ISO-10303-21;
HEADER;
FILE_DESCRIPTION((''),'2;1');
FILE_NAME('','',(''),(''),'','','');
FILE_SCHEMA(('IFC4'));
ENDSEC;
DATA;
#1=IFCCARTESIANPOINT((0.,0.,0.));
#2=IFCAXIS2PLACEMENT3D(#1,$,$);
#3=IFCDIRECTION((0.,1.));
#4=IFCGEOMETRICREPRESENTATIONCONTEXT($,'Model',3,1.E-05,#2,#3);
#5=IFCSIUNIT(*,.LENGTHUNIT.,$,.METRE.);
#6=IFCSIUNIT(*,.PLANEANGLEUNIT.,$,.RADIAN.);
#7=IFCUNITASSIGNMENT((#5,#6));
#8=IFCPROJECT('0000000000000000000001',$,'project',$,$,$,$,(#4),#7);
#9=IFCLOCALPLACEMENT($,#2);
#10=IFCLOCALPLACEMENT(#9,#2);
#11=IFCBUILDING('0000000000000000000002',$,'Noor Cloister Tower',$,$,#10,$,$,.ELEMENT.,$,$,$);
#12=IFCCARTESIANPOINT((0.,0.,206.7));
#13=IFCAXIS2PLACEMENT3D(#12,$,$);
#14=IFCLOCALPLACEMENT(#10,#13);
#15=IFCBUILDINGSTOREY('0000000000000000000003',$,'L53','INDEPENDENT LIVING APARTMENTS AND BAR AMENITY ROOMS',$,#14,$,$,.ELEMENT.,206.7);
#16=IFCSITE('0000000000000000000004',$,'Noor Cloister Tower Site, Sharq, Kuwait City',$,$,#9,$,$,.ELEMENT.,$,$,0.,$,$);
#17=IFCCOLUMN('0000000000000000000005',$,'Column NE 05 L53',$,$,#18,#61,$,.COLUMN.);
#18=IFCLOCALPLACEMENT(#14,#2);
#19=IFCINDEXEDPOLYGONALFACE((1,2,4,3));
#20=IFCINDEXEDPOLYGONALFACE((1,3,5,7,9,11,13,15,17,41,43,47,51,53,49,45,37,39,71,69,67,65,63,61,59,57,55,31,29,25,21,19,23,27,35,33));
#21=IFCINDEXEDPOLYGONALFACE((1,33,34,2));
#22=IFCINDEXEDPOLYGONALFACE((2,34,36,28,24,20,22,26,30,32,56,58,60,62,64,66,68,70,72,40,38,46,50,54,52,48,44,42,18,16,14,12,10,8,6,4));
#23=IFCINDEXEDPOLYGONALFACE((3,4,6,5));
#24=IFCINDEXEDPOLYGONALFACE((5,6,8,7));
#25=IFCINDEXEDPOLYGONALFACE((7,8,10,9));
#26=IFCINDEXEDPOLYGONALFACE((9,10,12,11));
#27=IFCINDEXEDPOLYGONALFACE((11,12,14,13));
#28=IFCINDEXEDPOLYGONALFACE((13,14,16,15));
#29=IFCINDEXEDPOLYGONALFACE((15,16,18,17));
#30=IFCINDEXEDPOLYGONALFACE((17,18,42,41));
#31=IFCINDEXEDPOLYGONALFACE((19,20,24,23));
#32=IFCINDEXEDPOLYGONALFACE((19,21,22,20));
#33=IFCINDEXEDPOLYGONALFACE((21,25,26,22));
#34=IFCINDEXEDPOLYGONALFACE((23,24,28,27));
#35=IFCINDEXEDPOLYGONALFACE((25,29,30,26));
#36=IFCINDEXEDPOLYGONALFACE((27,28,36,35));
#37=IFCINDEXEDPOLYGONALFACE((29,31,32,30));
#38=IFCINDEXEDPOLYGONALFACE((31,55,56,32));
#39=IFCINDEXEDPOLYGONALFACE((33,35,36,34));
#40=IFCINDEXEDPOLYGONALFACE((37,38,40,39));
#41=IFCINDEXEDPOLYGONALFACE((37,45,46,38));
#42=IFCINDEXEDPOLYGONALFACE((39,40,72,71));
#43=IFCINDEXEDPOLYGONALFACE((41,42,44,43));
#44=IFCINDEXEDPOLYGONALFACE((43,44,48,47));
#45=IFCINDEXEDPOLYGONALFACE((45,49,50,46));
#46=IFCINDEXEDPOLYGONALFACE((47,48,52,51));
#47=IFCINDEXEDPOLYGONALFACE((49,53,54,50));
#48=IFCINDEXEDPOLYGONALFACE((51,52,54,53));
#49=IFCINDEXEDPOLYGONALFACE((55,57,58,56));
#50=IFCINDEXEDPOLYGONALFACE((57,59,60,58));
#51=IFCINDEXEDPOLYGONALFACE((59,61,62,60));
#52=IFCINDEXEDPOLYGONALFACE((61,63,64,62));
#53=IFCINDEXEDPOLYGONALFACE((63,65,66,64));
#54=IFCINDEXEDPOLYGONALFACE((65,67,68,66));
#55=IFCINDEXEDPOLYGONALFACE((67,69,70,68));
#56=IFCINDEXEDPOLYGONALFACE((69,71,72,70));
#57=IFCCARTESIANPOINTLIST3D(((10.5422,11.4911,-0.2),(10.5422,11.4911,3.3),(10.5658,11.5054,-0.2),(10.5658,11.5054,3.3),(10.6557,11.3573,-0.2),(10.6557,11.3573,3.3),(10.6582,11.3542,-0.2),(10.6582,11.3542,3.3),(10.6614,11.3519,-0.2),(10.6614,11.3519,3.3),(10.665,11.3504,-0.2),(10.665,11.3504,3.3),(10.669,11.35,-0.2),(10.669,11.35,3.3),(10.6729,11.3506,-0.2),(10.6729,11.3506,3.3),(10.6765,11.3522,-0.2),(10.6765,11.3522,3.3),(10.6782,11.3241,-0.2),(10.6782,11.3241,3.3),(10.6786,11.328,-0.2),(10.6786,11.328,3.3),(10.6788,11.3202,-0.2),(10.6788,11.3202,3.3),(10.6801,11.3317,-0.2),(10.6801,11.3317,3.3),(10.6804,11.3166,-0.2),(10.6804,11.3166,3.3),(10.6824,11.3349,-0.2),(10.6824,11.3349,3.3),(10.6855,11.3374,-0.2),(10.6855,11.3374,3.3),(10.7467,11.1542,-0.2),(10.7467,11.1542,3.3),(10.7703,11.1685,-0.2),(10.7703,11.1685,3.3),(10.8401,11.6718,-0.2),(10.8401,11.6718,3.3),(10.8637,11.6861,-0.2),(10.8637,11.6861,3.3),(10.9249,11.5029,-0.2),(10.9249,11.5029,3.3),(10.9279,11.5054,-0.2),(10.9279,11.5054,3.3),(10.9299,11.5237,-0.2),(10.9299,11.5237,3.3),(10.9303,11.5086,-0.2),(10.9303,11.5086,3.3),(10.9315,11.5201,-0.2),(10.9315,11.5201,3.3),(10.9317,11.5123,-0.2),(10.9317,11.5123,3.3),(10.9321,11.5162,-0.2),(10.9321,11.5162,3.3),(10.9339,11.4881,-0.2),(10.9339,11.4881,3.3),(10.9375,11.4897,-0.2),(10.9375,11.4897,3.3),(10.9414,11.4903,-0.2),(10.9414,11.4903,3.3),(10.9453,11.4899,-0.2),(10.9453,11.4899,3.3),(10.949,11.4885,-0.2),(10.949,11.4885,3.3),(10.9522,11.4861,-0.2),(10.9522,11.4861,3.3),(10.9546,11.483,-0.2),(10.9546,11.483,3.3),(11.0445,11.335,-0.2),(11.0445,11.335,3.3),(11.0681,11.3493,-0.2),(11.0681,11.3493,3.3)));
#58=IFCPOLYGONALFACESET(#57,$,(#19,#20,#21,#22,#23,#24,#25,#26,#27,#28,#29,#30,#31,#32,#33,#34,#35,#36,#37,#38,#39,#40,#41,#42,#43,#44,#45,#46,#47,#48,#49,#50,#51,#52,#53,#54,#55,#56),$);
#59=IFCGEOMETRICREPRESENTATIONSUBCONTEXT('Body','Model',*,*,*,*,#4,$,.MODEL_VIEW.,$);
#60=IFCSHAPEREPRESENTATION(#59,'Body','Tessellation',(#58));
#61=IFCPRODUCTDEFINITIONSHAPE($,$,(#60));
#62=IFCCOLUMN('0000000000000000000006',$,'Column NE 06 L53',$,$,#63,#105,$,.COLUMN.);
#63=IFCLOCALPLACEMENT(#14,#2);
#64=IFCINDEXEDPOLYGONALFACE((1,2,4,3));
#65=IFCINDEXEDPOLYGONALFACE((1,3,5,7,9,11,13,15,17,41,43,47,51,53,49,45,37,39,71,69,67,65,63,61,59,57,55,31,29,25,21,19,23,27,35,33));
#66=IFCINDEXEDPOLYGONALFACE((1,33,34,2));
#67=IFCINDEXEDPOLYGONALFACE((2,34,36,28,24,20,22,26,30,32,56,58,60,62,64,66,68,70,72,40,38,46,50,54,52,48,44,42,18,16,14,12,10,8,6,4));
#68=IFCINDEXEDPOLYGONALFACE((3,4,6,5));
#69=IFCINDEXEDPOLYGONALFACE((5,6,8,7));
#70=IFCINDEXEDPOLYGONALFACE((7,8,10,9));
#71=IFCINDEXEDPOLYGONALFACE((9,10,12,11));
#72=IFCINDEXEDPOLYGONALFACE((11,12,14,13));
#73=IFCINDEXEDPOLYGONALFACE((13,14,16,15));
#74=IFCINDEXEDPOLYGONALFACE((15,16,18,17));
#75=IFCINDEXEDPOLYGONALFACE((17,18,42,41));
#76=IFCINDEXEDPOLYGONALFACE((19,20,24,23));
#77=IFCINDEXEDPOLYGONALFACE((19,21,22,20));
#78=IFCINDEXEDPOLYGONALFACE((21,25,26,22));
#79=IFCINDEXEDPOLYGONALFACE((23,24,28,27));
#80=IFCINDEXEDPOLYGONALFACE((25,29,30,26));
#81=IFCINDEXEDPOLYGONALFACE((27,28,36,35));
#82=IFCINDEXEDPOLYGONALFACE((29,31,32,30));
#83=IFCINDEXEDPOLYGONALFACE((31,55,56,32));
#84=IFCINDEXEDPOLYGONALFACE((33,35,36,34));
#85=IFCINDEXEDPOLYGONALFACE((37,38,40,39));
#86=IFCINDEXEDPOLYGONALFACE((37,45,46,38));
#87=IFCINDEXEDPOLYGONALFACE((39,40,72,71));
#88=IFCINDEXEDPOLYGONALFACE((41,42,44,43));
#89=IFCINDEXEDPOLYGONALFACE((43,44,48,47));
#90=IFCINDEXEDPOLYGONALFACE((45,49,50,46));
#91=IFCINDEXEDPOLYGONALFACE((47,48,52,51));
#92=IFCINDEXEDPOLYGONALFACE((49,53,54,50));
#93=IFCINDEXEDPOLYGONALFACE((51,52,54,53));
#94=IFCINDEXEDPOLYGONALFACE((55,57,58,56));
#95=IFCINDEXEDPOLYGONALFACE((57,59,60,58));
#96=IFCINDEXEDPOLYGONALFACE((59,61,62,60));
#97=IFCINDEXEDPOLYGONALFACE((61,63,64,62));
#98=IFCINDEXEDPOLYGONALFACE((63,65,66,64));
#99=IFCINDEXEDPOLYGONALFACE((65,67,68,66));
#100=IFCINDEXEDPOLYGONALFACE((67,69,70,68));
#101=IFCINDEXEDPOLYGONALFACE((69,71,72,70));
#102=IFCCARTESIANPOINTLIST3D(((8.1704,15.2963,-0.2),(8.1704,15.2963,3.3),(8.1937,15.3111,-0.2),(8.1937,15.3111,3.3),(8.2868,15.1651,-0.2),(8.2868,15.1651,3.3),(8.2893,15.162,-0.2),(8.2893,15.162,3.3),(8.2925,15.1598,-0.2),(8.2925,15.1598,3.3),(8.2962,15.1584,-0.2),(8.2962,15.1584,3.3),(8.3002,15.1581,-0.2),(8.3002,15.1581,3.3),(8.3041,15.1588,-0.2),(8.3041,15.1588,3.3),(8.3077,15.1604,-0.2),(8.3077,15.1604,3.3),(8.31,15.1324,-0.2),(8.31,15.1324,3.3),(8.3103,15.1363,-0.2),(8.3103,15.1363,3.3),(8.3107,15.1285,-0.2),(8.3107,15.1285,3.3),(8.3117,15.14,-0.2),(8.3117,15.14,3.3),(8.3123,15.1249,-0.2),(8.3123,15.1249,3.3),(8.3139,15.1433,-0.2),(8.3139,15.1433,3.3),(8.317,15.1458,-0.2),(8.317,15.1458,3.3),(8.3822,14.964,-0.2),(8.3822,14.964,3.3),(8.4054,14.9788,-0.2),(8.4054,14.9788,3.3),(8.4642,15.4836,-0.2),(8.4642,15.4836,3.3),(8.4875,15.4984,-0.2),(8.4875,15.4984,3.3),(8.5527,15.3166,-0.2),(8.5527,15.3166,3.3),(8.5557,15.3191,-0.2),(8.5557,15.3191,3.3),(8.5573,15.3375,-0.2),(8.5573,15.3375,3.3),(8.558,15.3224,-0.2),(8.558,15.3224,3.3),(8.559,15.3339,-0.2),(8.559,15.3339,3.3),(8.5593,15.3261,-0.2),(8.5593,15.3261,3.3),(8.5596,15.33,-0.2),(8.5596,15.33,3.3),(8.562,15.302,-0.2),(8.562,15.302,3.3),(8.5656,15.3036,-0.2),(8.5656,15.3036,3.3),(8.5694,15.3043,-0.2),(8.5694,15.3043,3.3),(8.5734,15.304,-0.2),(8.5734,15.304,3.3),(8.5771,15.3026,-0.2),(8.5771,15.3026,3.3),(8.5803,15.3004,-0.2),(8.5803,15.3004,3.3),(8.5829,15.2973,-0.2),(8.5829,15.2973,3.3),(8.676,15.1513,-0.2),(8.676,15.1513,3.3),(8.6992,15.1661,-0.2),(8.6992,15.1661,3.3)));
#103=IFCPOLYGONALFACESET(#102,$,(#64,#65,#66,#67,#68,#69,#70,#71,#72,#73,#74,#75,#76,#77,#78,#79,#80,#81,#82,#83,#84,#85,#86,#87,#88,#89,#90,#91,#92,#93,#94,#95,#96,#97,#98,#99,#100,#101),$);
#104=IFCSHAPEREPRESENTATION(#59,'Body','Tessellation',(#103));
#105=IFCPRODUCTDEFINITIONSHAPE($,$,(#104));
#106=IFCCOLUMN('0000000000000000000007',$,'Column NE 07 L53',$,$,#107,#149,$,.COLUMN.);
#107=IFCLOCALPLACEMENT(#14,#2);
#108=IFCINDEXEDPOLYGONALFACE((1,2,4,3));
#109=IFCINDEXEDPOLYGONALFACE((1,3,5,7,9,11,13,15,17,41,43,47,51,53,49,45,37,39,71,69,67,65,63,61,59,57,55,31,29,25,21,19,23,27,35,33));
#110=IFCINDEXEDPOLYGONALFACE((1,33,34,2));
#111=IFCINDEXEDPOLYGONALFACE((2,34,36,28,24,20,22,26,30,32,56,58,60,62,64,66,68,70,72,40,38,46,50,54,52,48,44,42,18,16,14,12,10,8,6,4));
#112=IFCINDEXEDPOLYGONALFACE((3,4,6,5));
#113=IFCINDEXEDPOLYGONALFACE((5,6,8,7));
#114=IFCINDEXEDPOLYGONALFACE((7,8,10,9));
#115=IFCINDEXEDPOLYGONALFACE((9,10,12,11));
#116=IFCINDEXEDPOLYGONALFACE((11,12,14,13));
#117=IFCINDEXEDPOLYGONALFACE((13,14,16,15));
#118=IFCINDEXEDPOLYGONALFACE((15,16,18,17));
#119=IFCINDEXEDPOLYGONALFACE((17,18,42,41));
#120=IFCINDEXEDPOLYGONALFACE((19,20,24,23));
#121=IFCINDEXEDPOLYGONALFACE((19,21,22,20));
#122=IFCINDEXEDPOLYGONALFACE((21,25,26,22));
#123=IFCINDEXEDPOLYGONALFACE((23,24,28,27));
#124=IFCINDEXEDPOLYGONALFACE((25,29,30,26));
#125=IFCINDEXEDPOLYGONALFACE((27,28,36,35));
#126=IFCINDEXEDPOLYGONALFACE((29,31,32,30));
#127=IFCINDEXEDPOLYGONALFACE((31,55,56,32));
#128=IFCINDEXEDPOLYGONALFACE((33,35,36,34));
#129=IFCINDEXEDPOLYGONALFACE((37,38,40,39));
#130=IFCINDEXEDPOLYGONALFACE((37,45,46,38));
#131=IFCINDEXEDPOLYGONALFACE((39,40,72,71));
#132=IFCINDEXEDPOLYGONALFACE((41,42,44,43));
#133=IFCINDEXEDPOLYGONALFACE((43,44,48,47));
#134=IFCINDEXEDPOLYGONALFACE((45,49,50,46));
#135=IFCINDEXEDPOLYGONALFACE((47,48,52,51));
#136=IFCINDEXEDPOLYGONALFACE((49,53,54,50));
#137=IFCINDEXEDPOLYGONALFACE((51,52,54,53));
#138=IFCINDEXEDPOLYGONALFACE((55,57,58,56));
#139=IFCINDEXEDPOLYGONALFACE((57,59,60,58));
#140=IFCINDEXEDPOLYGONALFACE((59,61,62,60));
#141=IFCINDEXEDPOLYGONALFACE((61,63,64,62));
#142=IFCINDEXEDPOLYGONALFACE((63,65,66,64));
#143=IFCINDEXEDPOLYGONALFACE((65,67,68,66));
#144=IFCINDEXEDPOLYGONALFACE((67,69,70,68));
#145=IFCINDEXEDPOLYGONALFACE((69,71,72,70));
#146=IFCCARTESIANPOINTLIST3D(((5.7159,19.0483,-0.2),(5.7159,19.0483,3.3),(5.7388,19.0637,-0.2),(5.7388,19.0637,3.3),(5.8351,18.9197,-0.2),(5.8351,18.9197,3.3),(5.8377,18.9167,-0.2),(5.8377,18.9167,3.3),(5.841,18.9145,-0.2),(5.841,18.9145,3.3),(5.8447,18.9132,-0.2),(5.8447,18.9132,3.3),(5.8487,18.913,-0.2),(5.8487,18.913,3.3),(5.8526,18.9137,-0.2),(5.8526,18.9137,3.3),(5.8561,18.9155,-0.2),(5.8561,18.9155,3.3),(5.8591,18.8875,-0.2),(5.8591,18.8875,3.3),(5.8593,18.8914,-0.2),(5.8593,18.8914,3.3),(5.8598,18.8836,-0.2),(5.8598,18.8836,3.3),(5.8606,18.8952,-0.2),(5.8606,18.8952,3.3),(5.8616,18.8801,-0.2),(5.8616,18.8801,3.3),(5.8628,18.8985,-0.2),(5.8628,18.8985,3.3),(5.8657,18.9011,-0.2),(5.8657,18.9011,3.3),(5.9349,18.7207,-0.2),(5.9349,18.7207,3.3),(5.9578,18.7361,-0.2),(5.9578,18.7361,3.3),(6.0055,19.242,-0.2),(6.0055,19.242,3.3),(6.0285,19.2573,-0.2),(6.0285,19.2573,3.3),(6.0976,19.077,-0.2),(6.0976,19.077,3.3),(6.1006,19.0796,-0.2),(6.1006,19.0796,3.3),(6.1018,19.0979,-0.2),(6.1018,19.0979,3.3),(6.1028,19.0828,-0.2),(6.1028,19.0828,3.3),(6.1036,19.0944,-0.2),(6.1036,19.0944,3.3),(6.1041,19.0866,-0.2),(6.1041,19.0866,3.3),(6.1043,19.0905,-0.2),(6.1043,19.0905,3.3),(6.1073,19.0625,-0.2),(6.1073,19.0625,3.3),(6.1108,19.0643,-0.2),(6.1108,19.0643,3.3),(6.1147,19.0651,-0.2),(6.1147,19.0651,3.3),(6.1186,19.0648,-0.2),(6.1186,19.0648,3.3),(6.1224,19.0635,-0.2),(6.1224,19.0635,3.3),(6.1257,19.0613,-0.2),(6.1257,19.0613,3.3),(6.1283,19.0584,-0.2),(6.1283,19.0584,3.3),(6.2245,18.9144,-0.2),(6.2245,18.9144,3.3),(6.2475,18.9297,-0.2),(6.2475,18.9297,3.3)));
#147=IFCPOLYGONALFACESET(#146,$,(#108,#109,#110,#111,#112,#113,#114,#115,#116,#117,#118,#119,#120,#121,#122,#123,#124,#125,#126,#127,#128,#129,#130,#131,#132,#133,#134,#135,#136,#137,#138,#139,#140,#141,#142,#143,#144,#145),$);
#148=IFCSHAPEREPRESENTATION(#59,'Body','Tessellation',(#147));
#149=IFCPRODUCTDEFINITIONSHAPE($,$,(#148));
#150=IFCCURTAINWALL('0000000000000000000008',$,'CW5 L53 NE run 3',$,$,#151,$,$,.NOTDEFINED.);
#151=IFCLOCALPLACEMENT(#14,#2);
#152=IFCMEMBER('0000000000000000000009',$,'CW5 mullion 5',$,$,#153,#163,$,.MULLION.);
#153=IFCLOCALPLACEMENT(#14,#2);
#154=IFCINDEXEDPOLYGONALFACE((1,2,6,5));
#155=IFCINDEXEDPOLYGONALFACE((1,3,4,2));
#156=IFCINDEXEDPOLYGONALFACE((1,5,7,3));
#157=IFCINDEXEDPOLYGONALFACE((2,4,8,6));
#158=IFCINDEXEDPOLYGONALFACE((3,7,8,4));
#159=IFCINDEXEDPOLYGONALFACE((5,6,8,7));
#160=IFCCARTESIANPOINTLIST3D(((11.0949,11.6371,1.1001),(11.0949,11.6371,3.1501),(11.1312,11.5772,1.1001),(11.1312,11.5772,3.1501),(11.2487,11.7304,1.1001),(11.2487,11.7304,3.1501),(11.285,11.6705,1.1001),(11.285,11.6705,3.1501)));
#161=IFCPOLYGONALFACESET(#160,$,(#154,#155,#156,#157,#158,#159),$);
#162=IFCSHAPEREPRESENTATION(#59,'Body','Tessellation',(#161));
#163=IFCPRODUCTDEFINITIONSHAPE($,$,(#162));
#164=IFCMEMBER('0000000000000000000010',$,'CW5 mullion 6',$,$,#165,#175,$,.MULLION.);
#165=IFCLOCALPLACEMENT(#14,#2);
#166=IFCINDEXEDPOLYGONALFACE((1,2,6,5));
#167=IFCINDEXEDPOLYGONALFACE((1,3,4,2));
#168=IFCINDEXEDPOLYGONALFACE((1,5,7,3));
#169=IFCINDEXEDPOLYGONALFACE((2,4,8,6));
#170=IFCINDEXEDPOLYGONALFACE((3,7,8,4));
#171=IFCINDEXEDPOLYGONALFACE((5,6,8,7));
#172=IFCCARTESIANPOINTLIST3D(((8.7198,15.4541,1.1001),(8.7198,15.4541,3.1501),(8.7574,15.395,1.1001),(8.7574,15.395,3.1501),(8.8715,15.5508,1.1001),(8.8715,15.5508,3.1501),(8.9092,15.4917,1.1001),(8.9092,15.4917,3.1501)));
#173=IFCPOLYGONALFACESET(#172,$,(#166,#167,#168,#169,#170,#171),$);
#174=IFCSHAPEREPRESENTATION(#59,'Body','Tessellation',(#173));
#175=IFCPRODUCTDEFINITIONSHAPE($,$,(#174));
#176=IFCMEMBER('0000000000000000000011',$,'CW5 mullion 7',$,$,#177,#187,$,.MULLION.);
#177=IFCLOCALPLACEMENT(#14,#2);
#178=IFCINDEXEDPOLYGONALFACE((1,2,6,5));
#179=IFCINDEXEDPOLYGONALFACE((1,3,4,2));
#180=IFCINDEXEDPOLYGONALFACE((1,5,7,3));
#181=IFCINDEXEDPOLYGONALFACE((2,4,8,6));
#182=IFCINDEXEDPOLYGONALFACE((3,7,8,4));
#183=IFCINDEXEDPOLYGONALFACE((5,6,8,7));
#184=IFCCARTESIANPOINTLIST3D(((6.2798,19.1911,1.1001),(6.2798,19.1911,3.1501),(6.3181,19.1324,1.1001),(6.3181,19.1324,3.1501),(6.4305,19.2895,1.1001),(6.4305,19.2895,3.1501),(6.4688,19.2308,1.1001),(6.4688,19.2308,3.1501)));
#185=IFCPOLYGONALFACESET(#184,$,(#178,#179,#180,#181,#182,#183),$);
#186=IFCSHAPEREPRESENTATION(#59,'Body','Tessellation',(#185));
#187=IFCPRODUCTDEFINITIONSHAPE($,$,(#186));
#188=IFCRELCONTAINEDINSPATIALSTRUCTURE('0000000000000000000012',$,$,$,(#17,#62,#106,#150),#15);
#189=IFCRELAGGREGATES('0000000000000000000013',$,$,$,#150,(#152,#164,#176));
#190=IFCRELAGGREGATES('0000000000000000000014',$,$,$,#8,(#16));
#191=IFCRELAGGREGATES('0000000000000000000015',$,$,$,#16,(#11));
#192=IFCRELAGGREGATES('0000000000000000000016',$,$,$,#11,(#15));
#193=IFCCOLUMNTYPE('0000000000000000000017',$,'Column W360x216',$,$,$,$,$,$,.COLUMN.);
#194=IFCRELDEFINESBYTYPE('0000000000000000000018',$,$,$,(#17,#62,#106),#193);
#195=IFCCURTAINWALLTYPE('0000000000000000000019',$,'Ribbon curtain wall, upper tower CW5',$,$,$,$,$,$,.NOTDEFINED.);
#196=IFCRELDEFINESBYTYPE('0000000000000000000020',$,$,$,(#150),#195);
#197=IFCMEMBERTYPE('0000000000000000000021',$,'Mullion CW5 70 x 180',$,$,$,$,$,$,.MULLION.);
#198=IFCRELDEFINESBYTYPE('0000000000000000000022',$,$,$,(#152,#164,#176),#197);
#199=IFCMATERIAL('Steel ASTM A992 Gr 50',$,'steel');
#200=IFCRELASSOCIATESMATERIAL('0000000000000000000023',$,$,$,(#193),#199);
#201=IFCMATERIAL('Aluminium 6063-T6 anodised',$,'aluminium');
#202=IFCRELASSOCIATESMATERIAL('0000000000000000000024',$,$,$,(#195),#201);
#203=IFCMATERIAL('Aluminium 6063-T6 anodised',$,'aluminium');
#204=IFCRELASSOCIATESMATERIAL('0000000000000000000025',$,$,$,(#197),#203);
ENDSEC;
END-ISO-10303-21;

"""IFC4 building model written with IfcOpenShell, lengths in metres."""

from ifc_helpers import new_model, si_unit, direction, frame, origin, origin_2d, place, context, subcontext, project, spatial, rectangle, i_section, extrude, material, material_profile, profile_set, type_object, element, aggregate, save


model = new_model("IFC4")

# Units and contexts
model_context = context("Model", 3, precision=1e-05, world=origin(), true_north=direction((0.0, 1.0)))
body_context = subcontext(model_context, "Body", "Model", "MODEL_VIEW")
ifc_project = project(units=[si_unit("LENGTHUNIT", "METRE"), si_unit("PLANEANGLEUNIT", "RADIAN")], contexts=[model_context])

# Site, building, storey
site_placement = place(None, origin())
site = spatial("IfcSite", under=ifc_project, at=site_placement, Name="Noor Cloister Tower Site, Sharq, Kuwait City", CompositionType="ELEMENT", RefElevation=0.0)
building_placement = place(site_placement, origin())
building = spatial("IfcBuilding", under=site, at=building_placement, Name="Noor Cloister Tower", CompositionType="ELEMENT")
storey_placement = place(building_placement, frame((0.0, 0.0, 206.7)))
storey = spatial("IfcBuildingStorey", under=building, at=storey_placement, Name="L53", Description="INDEPENDENT LIVING APARTMENTS AND BAR AMENITY ROOMS", CompositionType="ELEMENT", Elevation=206.7)

# Columns
ifc_material_1 = material(Name="Steel ASTM A992 Gr 50", Category="steel")
ifc_material_profile_1 = material_profile(ifc_material_1, i_section(OverallWidth=0.394, OverallDepth=0.376, WebThickness=0.0173, FlangeThickness=0.0276, FilletRadius=0.0151, at=origin_2d()), Name="W360x216")
ifc_profile_set_1 = profile_set([ifc_material_profile_1], Name="Steel ASTM A992 Gr 50")
column_type = type_object("IfcColumnType", Name="Column W360x216", PredefinedType="COLUMN", material=ifc_profile_set_1)
for number, where, z_axis, x_axis, name in (
    (1, (10.8052, 11.4202, -0.2), (0.0, 0.0, 1.0), (-0.518837, 0.854873, 0.0), "Column NE 05 L53"),
    (2, (8.4348, 15.2312, -0.2), (0.0, 0.0, 1.0), (-0.537426, 0.843311, 0.0), "Column NE 06 L53"),
    (3, (5.9817, 18.989, -0.2), (0.0, 0.0, 1.0), (-0.555757, 0.831345, 0.0), "Column NE 07 L53"),
):
    element("IfcColumn", number, at=place(storey_placement, frame(where, z_axis=z_axis, x_axis=x_axis)), inside=storey, type_object=column_type, Name=name, PredefinedType="COLUMN", context=body_context, shape_type="SweptSolid", body=[
        extrude(i_section(OverallWidth=0.394, OverallDepth=0.376, WebThickness=0.0173, FlangeThickness=0.0276, FilletRadius=0.0151, at=origin_2d()), origin(), (0.0, 0.0, 1.0), 3.5),
    ])

# Curtain wall, members
ifc_material_2 = material(Name="Aluminium 6063-T6 anodised", Category="aluminium")
curtain_wall_type = type_object("IfcCurtainWallType", Name="Ribbon curtain wall, upper tower CW5", PredefinedType="NOTDEFINED", material=ifc_material_2)
curtain_wall_placement = place(storey_placement, origin())
curtain_wall = element("IfcCurtainWall", 4, at=curtain_wall_placement, inside=storey, type_object=curtain_wall_type, Name="CW5 L53 NE run 3", PredefinedType="NOTDEFINED")
ifc_material_3 = material(Name="Aluminium 6063-T6 anodised", Category="aluminium")
ifc_material_profile_2 = material_profile(ifc_material_3, rectangle(XDim=0.1799, YDim=0.0701, at=origin_2d()), Name="180 x 70 mullion")
ifc_profile_set_2 = profile_set([ifc_material_profile_2], Name="Aluminium 6063-T6 anodised")
member_type = type_object("IfcMemberType", Name="Mullion CW5 70 x 180", PredefinedType="MULLION", material=ifc_profile_set_2)
member_1_placement = place(storey_placement, frame((11.1899, 11.6538, 1.1001), z_axis=(0.0, 0.0, 1.0), x_axis=(-0.854873, -0.518837, 0.0)))
member_1 = element("IfcMember", 5, at=member_1_placement, type_object=member_type, Name="CW5 mullion 5", PredefinedType="MULLION", context=body_context, shape_type="SweptSolid", body=[
    extrude(rectangle(XDim=0.1799, YDim=0.0701, at=origin_2d()), origin(), (0.0, 0.0, 1.0), 2.05),
])
member_2_placement = place(storey_placement, frame((8.8145, 15.4729, 1.1001), z_axis=(0.0, 0.0, 1.0), x_axis=(-0.843311, -0.537426, 0.0)))
member_2 = element("IfcMember", 6, at=member_2_placement, type_object=member_type, Name="CW5 mullion 6", PredefinedType="MULLION", context=body_context, shape_type="SweptSolid", body=[
    extrude(rectangle(XDim=0.1799, YDim=0.0701, at=origin_2d()), origin(), (0.0, 0.0, 1.0), 2.05),
])
member_3_placement = place(storey_placement, frame((6.3743, 19.2109, 1.1001), z_axis=(0.0, 0.0, 1.0), x_axis=(-0.837378, -0.546624, 0.0)))
member_3 = element("IfcMember", 7, at=member_3_placement, type_object=member_type, Name="CW5 mullion 7", PredefinedType="MULLION", context=body_context, shape_type="SweptSolid", body=[
    extrude(rectangle(XDim=0.1799, YDim=0.0701, at=origin_2d()), origin(), (0.0, 0.0, 1.0), 2.05),
])

aggregate(curtain_wall, [member_1, member_2, member_3])

save(model, "model.ifc")
